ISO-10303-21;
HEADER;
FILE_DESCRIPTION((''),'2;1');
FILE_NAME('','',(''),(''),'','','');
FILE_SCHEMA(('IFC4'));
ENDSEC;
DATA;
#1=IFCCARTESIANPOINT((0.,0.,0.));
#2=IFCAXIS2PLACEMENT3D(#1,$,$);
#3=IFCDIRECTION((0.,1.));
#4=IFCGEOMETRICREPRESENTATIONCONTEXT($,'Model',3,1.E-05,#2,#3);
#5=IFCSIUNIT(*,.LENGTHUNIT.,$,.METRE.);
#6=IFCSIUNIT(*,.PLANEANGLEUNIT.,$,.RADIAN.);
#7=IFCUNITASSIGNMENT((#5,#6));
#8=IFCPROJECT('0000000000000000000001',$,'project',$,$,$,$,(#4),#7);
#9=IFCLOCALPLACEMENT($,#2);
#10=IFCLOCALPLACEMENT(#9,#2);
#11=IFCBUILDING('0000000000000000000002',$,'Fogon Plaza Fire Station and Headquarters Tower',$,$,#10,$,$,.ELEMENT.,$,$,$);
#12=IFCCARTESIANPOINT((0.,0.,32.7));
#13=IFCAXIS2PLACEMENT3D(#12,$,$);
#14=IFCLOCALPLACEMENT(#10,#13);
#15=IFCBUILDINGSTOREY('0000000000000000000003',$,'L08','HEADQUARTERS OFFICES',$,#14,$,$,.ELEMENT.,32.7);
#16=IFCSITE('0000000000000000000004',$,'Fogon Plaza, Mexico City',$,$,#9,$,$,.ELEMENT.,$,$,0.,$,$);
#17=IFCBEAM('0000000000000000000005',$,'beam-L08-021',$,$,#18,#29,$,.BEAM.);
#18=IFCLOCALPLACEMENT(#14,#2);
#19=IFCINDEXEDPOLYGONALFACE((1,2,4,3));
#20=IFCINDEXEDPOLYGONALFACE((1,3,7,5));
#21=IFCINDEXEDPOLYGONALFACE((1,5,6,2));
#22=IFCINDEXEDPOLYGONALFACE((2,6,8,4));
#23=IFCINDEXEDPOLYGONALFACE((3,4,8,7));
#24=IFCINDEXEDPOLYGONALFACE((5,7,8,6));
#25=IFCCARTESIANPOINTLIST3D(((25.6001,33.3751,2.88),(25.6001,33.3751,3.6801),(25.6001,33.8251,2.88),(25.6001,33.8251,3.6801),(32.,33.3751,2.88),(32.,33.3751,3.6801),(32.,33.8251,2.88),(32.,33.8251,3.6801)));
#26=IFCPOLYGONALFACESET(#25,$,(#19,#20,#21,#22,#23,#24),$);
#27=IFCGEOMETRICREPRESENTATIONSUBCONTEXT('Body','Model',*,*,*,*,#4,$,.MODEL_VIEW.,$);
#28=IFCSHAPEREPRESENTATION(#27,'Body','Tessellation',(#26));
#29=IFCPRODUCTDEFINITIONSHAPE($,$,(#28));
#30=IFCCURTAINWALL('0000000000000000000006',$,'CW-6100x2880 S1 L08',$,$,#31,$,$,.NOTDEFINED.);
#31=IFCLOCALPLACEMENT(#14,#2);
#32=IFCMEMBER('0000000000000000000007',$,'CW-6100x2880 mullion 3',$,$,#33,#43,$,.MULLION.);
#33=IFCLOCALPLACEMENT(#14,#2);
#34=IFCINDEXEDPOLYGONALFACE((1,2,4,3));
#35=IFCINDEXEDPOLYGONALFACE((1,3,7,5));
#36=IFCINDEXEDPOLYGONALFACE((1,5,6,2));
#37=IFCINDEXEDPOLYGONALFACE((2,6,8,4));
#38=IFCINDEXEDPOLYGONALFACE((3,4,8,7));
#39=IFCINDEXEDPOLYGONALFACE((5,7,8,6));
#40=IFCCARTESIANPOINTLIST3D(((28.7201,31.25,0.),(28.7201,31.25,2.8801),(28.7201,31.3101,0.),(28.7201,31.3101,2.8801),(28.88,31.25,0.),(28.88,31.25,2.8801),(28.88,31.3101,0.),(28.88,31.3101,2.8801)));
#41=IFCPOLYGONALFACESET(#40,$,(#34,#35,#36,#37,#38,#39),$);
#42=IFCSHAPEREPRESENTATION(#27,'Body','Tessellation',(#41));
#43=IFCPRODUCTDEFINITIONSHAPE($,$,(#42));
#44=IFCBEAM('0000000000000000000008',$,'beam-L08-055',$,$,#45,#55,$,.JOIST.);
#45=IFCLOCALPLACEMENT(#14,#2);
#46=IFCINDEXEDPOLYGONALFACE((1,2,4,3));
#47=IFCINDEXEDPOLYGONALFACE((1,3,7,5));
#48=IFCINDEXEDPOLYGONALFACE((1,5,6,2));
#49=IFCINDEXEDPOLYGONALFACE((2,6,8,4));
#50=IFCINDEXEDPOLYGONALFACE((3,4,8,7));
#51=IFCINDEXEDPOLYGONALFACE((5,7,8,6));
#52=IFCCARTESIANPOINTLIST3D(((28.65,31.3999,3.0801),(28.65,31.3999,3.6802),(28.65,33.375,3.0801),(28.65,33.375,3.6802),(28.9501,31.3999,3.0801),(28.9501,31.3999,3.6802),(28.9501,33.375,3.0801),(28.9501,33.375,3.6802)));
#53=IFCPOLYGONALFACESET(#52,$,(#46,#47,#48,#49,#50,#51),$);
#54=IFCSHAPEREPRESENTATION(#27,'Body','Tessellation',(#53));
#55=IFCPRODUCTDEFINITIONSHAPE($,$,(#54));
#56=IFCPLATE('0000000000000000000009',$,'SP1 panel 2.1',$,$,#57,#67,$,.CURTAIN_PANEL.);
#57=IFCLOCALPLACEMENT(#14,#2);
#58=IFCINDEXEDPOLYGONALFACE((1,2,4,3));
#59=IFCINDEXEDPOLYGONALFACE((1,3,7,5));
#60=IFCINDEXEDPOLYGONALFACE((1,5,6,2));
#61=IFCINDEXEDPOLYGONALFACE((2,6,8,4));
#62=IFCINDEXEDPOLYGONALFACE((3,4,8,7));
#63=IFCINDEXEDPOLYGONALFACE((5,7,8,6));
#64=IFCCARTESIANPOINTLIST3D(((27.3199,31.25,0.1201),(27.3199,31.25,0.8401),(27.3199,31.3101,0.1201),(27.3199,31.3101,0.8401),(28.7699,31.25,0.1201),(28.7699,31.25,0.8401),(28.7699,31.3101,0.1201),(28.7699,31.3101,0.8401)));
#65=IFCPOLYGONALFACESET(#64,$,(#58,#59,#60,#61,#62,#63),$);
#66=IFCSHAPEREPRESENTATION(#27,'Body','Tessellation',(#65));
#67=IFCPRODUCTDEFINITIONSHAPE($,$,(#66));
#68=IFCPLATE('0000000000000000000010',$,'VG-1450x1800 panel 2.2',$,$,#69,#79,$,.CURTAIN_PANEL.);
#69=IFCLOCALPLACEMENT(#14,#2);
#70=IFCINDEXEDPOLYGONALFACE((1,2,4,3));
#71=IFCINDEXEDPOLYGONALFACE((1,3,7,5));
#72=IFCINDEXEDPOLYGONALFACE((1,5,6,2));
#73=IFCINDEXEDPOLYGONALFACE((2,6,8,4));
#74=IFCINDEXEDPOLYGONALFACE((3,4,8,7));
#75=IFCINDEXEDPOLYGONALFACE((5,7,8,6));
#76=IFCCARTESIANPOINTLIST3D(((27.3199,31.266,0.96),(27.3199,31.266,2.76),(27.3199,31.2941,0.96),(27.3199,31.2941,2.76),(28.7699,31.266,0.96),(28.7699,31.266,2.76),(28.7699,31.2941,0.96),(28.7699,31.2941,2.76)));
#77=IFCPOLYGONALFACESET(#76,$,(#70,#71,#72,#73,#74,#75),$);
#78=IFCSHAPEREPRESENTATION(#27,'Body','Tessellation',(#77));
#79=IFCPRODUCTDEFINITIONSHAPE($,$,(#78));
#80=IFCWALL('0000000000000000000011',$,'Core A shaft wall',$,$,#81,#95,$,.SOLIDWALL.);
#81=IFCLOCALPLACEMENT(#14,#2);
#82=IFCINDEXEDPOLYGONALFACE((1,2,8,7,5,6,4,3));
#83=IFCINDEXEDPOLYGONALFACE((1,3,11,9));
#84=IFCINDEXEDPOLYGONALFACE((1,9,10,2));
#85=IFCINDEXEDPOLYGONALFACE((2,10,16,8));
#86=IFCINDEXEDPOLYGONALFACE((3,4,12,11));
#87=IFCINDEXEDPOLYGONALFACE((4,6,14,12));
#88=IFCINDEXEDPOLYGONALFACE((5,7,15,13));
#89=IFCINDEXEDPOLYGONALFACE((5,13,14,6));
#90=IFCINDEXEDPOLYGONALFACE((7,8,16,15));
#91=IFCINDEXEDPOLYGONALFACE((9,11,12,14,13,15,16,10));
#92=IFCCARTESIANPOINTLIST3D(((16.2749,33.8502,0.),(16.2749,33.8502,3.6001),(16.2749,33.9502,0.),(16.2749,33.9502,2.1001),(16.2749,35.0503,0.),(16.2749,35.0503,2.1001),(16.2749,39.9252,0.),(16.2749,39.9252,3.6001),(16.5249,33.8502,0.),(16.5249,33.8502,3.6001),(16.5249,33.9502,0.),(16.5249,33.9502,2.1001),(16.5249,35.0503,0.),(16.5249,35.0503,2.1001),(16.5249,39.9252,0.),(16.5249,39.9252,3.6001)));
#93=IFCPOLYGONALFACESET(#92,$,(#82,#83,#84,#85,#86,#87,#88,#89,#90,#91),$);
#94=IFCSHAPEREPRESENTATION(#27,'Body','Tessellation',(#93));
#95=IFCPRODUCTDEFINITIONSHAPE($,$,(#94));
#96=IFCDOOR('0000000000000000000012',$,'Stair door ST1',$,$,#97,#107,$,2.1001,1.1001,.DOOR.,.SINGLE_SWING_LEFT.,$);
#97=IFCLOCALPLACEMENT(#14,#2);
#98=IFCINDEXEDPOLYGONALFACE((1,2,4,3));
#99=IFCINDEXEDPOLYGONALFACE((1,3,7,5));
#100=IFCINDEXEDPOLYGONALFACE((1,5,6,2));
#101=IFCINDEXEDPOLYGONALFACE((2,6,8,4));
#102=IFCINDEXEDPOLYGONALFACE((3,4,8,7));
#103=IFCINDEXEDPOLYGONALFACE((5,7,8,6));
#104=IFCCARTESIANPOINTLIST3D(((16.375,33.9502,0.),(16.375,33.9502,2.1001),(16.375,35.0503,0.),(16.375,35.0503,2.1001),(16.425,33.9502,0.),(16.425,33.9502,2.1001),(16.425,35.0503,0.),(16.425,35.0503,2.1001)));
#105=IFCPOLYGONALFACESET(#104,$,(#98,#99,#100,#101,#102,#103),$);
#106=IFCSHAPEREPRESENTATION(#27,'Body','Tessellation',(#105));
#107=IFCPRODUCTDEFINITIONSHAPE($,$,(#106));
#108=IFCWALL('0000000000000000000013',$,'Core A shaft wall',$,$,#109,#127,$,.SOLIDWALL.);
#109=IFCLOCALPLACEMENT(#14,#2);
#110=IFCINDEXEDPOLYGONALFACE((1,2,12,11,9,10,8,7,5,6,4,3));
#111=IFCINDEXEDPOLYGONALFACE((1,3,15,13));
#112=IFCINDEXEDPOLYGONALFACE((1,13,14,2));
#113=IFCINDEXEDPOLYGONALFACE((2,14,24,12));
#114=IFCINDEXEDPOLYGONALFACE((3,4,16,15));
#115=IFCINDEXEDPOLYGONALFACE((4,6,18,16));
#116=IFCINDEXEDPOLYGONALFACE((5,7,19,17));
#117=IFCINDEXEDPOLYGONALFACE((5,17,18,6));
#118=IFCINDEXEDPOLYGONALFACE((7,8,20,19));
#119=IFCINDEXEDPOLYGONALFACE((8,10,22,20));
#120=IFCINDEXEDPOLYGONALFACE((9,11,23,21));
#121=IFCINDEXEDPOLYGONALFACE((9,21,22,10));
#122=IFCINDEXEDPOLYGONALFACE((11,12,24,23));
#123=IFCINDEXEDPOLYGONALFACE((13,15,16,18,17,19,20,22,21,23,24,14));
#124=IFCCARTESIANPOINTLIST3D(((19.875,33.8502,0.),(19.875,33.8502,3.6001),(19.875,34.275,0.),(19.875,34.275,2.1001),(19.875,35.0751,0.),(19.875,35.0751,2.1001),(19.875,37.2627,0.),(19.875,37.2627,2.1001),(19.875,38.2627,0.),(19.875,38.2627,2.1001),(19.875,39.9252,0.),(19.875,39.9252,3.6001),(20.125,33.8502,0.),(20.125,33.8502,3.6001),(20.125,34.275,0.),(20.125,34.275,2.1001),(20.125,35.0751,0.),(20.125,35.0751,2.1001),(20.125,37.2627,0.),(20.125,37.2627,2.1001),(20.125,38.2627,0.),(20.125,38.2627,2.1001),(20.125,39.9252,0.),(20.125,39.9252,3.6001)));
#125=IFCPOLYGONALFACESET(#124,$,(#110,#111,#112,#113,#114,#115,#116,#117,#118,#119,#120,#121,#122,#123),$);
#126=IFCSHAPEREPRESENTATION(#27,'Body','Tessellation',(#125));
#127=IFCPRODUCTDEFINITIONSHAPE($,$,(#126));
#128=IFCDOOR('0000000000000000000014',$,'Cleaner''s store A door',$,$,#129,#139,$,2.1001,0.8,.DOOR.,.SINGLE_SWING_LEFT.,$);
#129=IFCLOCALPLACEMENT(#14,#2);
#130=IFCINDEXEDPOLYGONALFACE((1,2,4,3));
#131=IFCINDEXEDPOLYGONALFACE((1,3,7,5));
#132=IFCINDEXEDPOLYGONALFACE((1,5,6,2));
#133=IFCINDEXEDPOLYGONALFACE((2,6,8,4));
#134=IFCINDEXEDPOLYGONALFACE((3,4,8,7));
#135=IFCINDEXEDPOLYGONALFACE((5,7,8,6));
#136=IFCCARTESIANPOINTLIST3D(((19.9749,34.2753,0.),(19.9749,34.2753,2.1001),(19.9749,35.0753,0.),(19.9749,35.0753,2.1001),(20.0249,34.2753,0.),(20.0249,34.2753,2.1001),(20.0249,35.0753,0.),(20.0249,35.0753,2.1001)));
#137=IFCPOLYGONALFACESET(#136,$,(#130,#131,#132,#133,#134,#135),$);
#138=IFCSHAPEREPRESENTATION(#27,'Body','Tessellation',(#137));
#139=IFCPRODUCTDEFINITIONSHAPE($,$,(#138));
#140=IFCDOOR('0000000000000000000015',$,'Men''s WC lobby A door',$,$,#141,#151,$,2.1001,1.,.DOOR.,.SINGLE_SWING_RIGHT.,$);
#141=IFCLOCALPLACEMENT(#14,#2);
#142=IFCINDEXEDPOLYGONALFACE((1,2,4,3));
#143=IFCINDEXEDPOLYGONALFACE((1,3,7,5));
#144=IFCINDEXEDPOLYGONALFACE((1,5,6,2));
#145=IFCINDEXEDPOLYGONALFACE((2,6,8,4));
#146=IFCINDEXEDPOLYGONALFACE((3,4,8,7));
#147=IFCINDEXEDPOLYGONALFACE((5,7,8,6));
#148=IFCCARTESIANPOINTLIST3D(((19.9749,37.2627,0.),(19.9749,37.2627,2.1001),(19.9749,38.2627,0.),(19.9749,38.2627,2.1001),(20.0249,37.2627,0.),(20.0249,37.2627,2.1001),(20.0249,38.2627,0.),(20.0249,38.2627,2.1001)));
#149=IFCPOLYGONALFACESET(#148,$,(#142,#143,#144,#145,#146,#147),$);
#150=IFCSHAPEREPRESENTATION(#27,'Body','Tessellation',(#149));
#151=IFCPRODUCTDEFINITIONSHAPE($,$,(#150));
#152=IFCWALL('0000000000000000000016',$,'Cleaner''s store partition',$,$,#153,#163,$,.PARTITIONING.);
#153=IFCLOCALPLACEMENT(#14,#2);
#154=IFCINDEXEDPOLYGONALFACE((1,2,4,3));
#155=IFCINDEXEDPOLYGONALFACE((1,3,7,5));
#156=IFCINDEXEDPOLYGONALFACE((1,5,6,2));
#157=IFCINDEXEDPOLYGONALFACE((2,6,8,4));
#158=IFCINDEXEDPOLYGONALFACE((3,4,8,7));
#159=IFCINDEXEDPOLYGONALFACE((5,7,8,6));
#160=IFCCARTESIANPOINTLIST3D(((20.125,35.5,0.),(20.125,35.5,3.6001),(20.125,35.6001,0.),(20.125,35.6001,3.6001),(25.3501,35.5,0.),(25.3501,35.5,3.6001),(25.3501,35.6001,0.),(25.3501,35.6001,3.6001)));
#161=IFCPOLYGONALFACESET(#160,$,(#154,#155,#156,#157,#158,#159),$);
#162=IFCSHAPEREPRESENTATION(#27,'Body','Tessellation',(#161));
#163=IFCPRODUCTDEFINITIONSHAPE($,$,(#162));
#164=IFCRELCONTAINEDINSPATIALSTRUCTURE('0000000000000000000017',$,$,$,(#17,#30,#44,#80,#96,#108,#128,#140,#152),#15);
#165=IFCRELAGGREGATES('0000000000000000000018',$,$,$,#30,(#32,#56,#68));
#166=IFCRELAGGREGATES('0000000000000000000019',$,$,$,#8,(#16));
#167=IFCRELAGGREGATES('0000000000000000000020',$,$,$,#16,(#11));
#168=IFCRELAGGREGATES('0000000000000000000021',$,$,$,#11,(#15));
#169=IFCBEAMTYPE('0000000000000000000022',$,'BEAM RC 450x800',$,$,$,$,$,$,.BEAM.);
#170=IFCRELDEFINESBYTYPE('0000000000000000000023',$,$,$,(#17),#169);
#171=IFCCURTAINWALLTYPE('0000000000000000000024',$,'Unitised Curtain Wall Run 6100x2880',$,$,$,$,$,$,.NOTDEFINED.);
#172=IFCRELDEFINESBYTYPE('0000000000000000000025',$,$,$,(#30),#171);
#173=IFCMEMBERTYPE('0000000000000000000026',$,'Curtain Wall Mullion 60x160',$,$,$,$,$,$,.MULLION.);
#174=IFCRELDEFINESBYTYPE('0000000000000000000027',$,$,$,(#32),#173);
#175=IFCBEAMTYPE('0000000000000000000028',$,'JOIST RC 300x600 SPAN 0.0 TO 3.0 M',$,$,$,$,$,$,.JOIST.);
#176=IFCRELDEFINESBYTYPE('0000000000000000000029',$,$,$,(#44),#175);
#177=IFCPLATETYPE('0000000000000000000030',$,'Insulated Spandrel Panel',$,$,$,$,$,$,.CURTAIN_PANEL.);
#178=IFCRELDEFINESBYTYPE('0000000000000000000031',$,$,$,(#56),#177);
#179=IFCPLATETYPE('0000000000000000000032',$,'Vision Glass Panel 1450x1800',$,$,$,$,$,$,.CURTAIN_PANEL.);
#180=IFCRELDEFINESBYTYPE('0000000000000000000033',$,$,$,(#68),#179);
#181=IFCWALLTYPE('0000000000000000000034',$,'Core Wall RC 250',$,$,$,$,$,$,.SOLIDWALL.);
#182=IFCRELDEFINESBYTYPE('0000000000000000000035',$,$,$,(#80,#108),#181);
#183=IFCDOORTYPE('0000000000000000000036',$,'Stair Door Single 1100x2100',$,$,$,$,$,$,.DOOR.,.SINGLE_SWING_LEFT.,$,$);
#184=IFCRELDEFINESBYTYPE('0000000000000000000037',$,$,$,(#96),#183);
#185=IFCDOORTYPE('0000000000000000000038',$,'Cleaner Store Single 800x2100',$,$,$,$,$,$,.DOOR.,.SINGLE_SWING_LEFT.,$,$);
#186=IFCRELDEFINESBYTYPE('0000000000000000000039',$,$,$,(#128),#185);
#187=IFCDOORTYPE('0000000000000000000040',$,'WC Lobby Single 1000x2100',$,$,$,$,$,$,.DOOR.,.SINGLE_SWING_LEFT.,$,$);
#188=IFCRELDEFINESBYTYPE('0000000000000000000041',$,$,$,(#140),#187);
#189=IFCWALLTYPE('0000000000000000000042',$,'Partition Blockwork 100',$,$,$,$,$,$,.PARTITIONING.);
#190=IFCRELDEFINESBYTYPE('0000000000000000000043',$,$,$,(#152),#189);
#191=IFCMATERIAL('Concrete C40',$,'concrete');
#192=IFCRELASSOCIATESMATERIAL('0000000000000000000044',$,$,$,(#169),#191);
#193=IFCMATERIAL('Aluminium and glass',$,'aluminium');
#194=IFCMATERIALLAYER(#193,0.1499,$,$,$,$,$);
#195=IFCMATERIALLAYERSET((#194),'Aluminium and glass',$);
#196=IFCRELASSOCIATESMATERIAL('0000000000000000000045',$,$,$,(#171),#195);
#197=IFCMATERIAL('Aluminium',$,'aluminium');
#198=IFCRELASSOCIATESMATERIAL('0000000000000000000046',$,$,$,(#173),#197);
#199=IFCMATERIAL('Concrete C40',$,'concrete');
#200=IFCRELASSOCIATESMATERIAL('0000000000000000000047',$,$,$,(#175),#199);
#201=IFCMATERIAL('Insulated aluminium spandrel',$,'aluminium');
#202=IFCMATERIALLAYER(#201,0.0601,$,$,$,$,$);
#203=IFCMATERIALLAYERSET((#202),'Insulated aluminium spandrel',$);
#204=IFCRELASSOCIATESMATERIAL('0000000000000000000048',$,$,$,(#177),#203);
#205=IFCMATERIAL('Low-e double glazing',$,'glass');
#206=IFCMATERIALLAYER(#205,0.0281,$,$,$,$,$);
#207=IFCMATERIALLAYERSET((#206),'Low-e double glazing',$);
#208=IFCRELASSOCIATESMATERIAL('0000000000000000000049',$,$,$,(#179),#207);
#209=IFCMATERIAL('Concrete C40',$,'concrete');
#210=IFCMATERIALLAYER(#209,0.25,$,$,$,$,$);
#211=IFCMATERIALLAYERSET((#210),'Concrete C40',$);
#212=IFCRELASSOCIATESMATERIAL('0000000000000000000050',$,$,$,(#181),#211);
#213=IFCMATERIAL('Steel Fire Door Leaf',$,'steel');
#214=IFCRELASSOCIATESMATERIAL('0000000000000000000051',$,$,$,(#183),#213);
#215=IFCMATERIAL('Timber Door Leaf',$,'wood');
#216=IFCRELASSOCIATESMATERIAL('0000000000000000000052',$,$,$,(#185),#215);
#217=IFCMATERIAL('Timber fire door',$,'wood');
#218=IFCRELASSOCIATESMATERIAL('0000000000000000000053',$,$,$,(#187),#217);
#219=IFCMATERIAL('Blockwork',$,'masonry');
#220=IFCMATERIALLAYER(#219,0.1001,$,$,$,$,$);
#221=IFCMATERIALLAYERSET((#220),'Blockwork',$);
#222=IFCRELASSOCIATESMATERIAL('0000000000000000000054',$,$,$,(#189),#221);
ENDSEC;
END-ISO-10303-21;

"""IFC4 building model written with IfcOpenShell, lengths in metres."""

from ifc_helpers import new_model, si_unit, direction, frame, frame_2d, origin, origin_2d, place, context, subcontext, project, spatial, rectangle, extrude, material, layer, layer_set, material_profile, profile_set, type_object, element, fill, aggregate, save


model = new_model("IFC4")

# Units and contexts
model_context = context("Model", 3, precision=1e-05, world=origin(), true_north=direction((0.0, 1.0)))
body_context = subcontext(model_context, "Body", "Model", "MODEL_VIEW")
ifc_project = project(units=[si_unit("LENGTHUNIT", "METRE"), si_unit("PLANEANGLEUNIT", "RADIAN")], contexts=[model_context])

# Site, building, storey
site_placement = place(None, origin())
site = spatial("IfcSite", under=ifc_project, at=site_placement, Name="Fogon Plaza, Mexico City", CompositionType="ELEMENT", RefElevation=0.0)
building_placement = place(site_placement, origin())
building = spatial("IfcBuilding", under=site, at=building_placement, Name="Fogon Plaza Fire Station and Headquarters Tower", CompositionType="ELEMENT")
storey_placement = place(building_placement, frame((0.0, 0.0, 32.7)))
storey = spatial("IfcBuildingStorey", under=building, at=storey_placement, Name="L08", Description="HEADQUARTERS OFFICES", CompositionType="ELEMENT", Elevation=32.7)

# Beam
ifc_material_1 = material(Name="Concrete C40", Category="concrete")
ifc_material_profile_1 = material_profile(ifc_material_1, rectangle(XDim=0.45, YDim=0.8, at=origin_2d()), Name="RC 450x800")
ifc_profile_set_1 = profile_set([ifc_material_profile_1], Name="Concrete C40")
beam_type_1 = type_object("IfcBeamType", Name="BEAM RC 450x800", PredefinedType="BEAM", material=ifc_profile_set_1)
beam_1_placement = place(storey_placement, frame((25.6001, 33.6001, 3.28), z_axis=(1.0, 0.0, 0.0), x_axis=(0.0, 1.0, 0.0)))
element("IfcBeam", 1, at=beam_1_placement, inside=storey, type_object=beam_type_1, Name="beam-L08-021", PredefinedType="BEAM", context=body_context, shape_type="SweptSolid", body=[
    extrude(rectangle(XDim=0.45, YDim=0.8, at=origin_2d()), origin(), (0.0, 0.0, 1.0), 6.3999),
])

# Curtain wall, member
ifc_material_2 = material(Name="Aluminium and glass", Category="aluminium")
ifc_layer_1 = layer(ifc_material_2, 0.1499)
ifc_layer_set_1 = layer_set([ifc_layer_1], Name="Aluminium and glass")
curtain_wall_type = type_object("IfcCurtainWallType", Name="Unitised Curtain Wall Run 6100x2880", PredefinedType="NOTDEFINED", material=ifc_layer_set_1)
curtain_wall_placement = place(storey_placement, origin())
curtain_wall = element("IfcCurtainWall", 2, at=curtain_wall_placement, inside=storey, type_object=curtain_wall_type, Name="CW-6100x2880 S1 L08", PredefinedType="NOTDEFINED")
ifc_material_3 = material(Name="Aluminium", Category="aluminium")
ifc_material_profile_2 = material_profile(ifc_material_3, rectangle(XDim=0.0601, YDim=0.1599, at=origin_2d()), Name="Curtain Wall Mullion 60x160")
ifc_profile_set_2 = profile_set([ifc_material_profile_2], Name="Aluminium")
member_type = type_object("IfcMemberType", Name="Curtain Wall Mullion 60x160", PredefinedType="MULLION", material=ifc_profile_set_2)
member_placement = place(storey_placement, frame((28.8, 31.28, 0.0), z_axis=(0.0, 0.0, 1.0), x_axis=(0.0, 1.0, 0.0)))
member = element("IfcMember", 3, at=member_placement, type_object=member_type, Name="CW-6100x2880 mullion 3", PredefinedType="MULLION", context=body_context, shape_type="SweptSolid", body=[
    extrude(rectangle(XDim=0.0601, YDim=0.1599, at=origin_2d()), origin(), (0.0, 0.0, 1.0), 2.8801),
])

# Beam
ifc_material_4 = material(Name="Concrete C40", Category="concrete")
ifc_material_profile_3 = material_profile(ifc_material_4, rectangle(XDim=0.3, YDim=0.6001, at=origin_2d()), Name="RC 300x600")
ifc_profile_set_3 = profile_set([ifc_material_profile_3], Name="Concrete C40")
beam_type_2 = type_object("IfcBeamType", Name="JOIST RC 300x600 SPAN 0.0 TO 3.0 M", PredefinedType="JOIST", material=ifc_profile_set_3)
beam_2_placement = place(storey_placement, frame((28.8, 31.3999, 3.3801), z_axis=(0.0, 1.0, 0.0), x_axis=(-1.0, 0.0, 0.0)))
element("IfcBeam", 4, at=beam_2_placement, inside=storey, type_object=beam_type_2, Name="beam-L08-055", PredefinedType="JOIST", context=body_context, shape_type="SweptSolid", body=[
    extrude(rectangle(XDim=0.3, YDim=0.6001, at=origin_2d()), origin(), (0.0, 0.0, 1.0), 1.9751),
])

# Plates
ifc_material_5 = material(Name="Insulated aluminium spandrel", Category="aluminium")
ifc_layer_2 = layer(ifc_material_5, 0.0601)
ifc_layer_set_2 = layer_set([ifc_layer_2], Name="Insulated aluminium spandrel")
plate_type_1 = type_object("IfcPlateType", Name="Insulated Spandrel Panel", PredefinedType="CURTAIN_PANEL", material=ifc_layer_set_2)
plate_1_placement = place(storey_placement, frame((28.0449, 31.28, 0.1201), z_axis=(0.0, 0.0, 1.0), x_axis=(1.0, 0.0, 0.0)))
plate_1 = element("IfcPlate", 5, at=plate_1_placement, type_object=plate_type_1, Name="SP1 panel 2.1", PredefinedType="CURTAIN_PANEL", context=body_context, shape_type="SweptSolid", body=[
    extrude(rectangle(XDim=1.45, YDim=0.0601, at=origin_2d()), origin(), (0.0, 0.0, 1.0), 0.72),
])
ifc_material_6 = material(Name="Low-e double glazing", Category="glass")
ifc_layer_3 = layer(ifc_material_6, 0.0281)
ifc_layer_set_3 = layer_set([ifc_layer_3], Name="Low-e double glazing")
plate_type_2 = type_object("IfcPlateType", Name="Vision Glass Panel 1450x1800", PredefinedType="CURTAIN_PANEL", material=ifc_layer_set_3)
plate_2_placement = place(storey_placement, frame((28.0449, 31.28, 0.96), z_axis=(0.0, 0.0, 1.0), x_axis=(1.0, 0.0, 0.0)))
plate_2 = element("IfcPlate", 6, at=plate_2_placement, type_object=plate_type_2, Name="VG-1450x1800 panel 2.2", PredefinedType="CURTAIN_PANEL", context=body_context, shape_type="SweptSolid", body=[
    extrude(rectangle(XDim=1.45, YDim=0.0281, at=origin_2d()), origin(), (0.0, 0.0, 1.0), 1.8),
])
aggregate(curtain_wall, [member, plate_1, plate_2])

# Wall, opening, door
ifc_material_7 = material(Name="Concrete C40", Category="concrete")
ifc_layer_4 = layer(ifc_material_7, 0.25)
ifc_layer_set_4 = layer_set([ifc_layer_4], Name="Concrete C40")
wall_type_1 = type_object("IfcWallType", Name="Core Wall RC 250", PredefinedType="SOLIDWALL", material=ifc_layer_set_4)
wall_1_placement = place(storey_placement, frame((16.3999, 33.8501, 0.0), z_axis=(0.0, 0.0, 1.0), x_axis=(0.0, 1.0, 0.0)))
wall_1 = element("IfcWall", 7, at=wall_1_placement, inside=storey, type_object=wall_type_1, Name="Core A shaft wall", PredefinedType="SOLIDWALL", context=body_context, shape_type="SweptSolid", body=[
    extrude(rectangle(XDim=6.075, YDim=0.25, at=frame_2d((3.0376, 0.0))), origin(), (0.0, 0.0, 1.0), 3.6001),
])
opening_1_placement = place(wall_1_placement, frame((0.1001, 0.0, 0.0)))
opening_1 = element("IfcOpeningElement", 8, at=opening_1_placement, cuts=wall_1, PredefinedType="OPENING", context=body_context, shape_type="SweptSolid", body=[
    extrude(rectangle(XDim=1.1001, YDim=2.1001, at=frame_2d((0.55, 1.05))), frame((0.0, 0.135, 0.0), z_axis=(0.0, -1.0, 0.0), x_axis=(1.0, 0.0, 0.0)), (0.0, 0.0, 1.0), 0.27),
])
ifc_material_8 = material(Name="Steel Fire Door Leaf", Category="steel")
door_type_1 = type_object("IfcDoorType", Name="Stair Door Single 1100x2100", OperationType="SINGLE_SWING_LEFT", PredefinedType="DOOR", material=ifc_material_8)
door_1_placement = place(opening_1_placement, origin())
door_1 = element("IfcDoor", 9, at=door_1_placement, inside=storey, type_object=door_type_1, Name="Stair door ST1", OperationType="SINGLE_SWING_LEFT", OverallHeight=2.1001, OverallWidth=1.1001, PredefinedType="DOOR", context=body_context, shape_type="SweptSolid", body=[
    extrude(rectangle(XDim=1.1001, YDim=2.1001, at=frame_2d((0.55, 1.05))), frame((0.0, 0.0249, 0.0), z_axis=(0.0, -1.0, 0.0), x_axis=(1.0, 0.0, 0.0)), (0.0, 0.0, 1.0), 0.05),
])
fill(opening_1, door_1)

# Wall, openings, doors
wall_2_placement = place(storey_placement, frame((20.0, 33.8501, 0.0), z_axis=(0.0, 0.0, 1.0), x_axis=(0.0, 1.0, 0.0)))
wall_2 = element("IfcWall", 10, at=wall_2_placement, inside=storey, type_object=wall_type_1, Name="Core A shaft wall", PredefinedType="SOLIDWALL", context=body_context, shape_type="SweptSolid", body=[
    extrude(rectangle(XDim=6.075, YDim=0.25, at=frame_2d((3.0376, 0.0))), origin(), (0.0, 0.0, 1.0), 3.6001),
])
opening_2_placement = place(wall_2_placement, frame((0.425, 0.0, 0.0)))
opening_2 = element("IfcOpeningElement", 11, at=opening_2_placement, cuts=wall_2, PredefinedType="OPENING", context=body_context, shape_type="SweptSolid", body=[
    extrude(rectangle(XDim=0.8, YDim=2.1001, at=frame_2d((0.3999, 1.05))), frame((0.0, 0.135, 0.0), z_axis=(0.0, -1.0, 0.0), x_axis=(1.0, 0.0, 0.0)), (0.0, 0.0, 1.0), 0.27),
])
opening_3_placement = place(wall_2_placement, frame((3.4126, 0.0, 0.0)))
opening_3 = element("IfcOpeningElement", 12, at=opening_3_placement, cuts=wall_2, PredefinedType="OPENING", context=body_context, shape_type="SweptSolid", body=[
    extrude(rectangle(XDim=1.0, YDim=2.1001, at=frame_2d((0.5, 1.05))), frame((0.0, 0.135, 0.0), z_axis=(0.0, -1.0, 0.0), x_axis=(1.0, 0.0, 0.0)), (0.0, 0.0, 1.0), 0.27),
])
ifc_material_9 = material(Name="Timber Door Leaf", Category="wood")
door_type_2 = type_object("IfcDoorType", Name="Cleaner Store Single 800x2100", OperationType="SINGLE_SWING_LEFT", PredefinedType="DOOR", material=ifc_material_9)
door_2_placement = place(opening_2_placement, frame((0.8, 0.0, 0.0), z_axis=(0.0, 0.0, 1.0), x_axis=(-1.0, 0.0, 0.0)))
door_2 = element("IfcDoor", 13, at=door_2_placement, inside=storey, type_object=door_type_2, Name="Cleaner's store A door", OperationType="SINGLE_SWING_LEFT", OverallHeight=2.1001, OverallWidth=0.8, PredefinedType="DOOR", context=body_context, shape_type="SweptSolid", body=[
    extrude(rectangle(XDim=0.8, YDim=2.1001, at=frame_2d((0.3999, 1.05))), frame((0.0, 0.0249, 0.0), z_axis=(0.0, -1.0, 0.0), x_axis=(1.0, 0.0, 0.0)), (0.0, 0.0, 1.0), 0.05),
])
fill(opening_2, door_2)
ifc_material_10 = material(Name="Timber fire door", Category="wood")
door_type_3 = type_object("IfcDoorType", Name="WC Lobby Single 1000x2100", OperationType="SINGLE_SWING_LEFT", PredefinedType="DOOR", material=ifc_material_10)
door_3_placement = place(opening_3_placement, frame((1.0, 0.0, 0.0), z_axis=(0.0, 0.0, 1.0), x_axis=(-1.0, 0.0, 0.0)))
door_3 = element("IfcDoor", 14, at=door_3_placement, inside=storey, type_object=door_type_3, Name="Men's WC lobby A door", OperationType="SINGLE_SWING_RIGHT", OverallHeight=2.1001, OverallWidth=1.0, PredefinedType="DOOR", context=body_context, shape_type="SweptSolid", body=[
    extrude(rectangle(XDim=1.0, YDim=2.1001, at=frame_2d((0.5, 1.05))), frame((0.0, 0.0249, 0.0), z_axis=(0.0, -1.0, 0.0), x_axis=(1.0, 0.0, 0.0)), (0.0, 0.0, 1.0), 0.05),
])
fill(opening_3, door_3)

# Wall
ifc_material_11 = material(Name="Blockwork", Category="masonry")
ifc_layer_5 = layer(ifc_material_11, 0.1001)
ifc_layer_set_5 = layer_set([ifc_layer_5], Name="Blockwork")
wall_type_2 = type_object("IfcWallType", Name="Partition Blockwork 100", PredefinedType="PARTITIONING", material=ifc_layer_set_5)
wall_3_placement = place(storey_placement, frame((20.125, 35.55, 0.0), z_axis=(0.0, 0.0, 1.0), x_axis=(1.0, 0.0, 0.0)))
element("IfcWall", 15, at=wall_3_placement, inside=storey, type_object=wall_type_2, Name="Cleaner's store partition", PredefinedType="PARTITIONING", context=body_context, shape_type="SweptSolid", body=[
    extrude(rectangle(XDim=5.2251, YDim=0.1001, at=frame_2d((2.6125, 0.0))), origin(), (0.0, 0.0, 1.0), 3.6001),
])

save(model, "model.ifc")
